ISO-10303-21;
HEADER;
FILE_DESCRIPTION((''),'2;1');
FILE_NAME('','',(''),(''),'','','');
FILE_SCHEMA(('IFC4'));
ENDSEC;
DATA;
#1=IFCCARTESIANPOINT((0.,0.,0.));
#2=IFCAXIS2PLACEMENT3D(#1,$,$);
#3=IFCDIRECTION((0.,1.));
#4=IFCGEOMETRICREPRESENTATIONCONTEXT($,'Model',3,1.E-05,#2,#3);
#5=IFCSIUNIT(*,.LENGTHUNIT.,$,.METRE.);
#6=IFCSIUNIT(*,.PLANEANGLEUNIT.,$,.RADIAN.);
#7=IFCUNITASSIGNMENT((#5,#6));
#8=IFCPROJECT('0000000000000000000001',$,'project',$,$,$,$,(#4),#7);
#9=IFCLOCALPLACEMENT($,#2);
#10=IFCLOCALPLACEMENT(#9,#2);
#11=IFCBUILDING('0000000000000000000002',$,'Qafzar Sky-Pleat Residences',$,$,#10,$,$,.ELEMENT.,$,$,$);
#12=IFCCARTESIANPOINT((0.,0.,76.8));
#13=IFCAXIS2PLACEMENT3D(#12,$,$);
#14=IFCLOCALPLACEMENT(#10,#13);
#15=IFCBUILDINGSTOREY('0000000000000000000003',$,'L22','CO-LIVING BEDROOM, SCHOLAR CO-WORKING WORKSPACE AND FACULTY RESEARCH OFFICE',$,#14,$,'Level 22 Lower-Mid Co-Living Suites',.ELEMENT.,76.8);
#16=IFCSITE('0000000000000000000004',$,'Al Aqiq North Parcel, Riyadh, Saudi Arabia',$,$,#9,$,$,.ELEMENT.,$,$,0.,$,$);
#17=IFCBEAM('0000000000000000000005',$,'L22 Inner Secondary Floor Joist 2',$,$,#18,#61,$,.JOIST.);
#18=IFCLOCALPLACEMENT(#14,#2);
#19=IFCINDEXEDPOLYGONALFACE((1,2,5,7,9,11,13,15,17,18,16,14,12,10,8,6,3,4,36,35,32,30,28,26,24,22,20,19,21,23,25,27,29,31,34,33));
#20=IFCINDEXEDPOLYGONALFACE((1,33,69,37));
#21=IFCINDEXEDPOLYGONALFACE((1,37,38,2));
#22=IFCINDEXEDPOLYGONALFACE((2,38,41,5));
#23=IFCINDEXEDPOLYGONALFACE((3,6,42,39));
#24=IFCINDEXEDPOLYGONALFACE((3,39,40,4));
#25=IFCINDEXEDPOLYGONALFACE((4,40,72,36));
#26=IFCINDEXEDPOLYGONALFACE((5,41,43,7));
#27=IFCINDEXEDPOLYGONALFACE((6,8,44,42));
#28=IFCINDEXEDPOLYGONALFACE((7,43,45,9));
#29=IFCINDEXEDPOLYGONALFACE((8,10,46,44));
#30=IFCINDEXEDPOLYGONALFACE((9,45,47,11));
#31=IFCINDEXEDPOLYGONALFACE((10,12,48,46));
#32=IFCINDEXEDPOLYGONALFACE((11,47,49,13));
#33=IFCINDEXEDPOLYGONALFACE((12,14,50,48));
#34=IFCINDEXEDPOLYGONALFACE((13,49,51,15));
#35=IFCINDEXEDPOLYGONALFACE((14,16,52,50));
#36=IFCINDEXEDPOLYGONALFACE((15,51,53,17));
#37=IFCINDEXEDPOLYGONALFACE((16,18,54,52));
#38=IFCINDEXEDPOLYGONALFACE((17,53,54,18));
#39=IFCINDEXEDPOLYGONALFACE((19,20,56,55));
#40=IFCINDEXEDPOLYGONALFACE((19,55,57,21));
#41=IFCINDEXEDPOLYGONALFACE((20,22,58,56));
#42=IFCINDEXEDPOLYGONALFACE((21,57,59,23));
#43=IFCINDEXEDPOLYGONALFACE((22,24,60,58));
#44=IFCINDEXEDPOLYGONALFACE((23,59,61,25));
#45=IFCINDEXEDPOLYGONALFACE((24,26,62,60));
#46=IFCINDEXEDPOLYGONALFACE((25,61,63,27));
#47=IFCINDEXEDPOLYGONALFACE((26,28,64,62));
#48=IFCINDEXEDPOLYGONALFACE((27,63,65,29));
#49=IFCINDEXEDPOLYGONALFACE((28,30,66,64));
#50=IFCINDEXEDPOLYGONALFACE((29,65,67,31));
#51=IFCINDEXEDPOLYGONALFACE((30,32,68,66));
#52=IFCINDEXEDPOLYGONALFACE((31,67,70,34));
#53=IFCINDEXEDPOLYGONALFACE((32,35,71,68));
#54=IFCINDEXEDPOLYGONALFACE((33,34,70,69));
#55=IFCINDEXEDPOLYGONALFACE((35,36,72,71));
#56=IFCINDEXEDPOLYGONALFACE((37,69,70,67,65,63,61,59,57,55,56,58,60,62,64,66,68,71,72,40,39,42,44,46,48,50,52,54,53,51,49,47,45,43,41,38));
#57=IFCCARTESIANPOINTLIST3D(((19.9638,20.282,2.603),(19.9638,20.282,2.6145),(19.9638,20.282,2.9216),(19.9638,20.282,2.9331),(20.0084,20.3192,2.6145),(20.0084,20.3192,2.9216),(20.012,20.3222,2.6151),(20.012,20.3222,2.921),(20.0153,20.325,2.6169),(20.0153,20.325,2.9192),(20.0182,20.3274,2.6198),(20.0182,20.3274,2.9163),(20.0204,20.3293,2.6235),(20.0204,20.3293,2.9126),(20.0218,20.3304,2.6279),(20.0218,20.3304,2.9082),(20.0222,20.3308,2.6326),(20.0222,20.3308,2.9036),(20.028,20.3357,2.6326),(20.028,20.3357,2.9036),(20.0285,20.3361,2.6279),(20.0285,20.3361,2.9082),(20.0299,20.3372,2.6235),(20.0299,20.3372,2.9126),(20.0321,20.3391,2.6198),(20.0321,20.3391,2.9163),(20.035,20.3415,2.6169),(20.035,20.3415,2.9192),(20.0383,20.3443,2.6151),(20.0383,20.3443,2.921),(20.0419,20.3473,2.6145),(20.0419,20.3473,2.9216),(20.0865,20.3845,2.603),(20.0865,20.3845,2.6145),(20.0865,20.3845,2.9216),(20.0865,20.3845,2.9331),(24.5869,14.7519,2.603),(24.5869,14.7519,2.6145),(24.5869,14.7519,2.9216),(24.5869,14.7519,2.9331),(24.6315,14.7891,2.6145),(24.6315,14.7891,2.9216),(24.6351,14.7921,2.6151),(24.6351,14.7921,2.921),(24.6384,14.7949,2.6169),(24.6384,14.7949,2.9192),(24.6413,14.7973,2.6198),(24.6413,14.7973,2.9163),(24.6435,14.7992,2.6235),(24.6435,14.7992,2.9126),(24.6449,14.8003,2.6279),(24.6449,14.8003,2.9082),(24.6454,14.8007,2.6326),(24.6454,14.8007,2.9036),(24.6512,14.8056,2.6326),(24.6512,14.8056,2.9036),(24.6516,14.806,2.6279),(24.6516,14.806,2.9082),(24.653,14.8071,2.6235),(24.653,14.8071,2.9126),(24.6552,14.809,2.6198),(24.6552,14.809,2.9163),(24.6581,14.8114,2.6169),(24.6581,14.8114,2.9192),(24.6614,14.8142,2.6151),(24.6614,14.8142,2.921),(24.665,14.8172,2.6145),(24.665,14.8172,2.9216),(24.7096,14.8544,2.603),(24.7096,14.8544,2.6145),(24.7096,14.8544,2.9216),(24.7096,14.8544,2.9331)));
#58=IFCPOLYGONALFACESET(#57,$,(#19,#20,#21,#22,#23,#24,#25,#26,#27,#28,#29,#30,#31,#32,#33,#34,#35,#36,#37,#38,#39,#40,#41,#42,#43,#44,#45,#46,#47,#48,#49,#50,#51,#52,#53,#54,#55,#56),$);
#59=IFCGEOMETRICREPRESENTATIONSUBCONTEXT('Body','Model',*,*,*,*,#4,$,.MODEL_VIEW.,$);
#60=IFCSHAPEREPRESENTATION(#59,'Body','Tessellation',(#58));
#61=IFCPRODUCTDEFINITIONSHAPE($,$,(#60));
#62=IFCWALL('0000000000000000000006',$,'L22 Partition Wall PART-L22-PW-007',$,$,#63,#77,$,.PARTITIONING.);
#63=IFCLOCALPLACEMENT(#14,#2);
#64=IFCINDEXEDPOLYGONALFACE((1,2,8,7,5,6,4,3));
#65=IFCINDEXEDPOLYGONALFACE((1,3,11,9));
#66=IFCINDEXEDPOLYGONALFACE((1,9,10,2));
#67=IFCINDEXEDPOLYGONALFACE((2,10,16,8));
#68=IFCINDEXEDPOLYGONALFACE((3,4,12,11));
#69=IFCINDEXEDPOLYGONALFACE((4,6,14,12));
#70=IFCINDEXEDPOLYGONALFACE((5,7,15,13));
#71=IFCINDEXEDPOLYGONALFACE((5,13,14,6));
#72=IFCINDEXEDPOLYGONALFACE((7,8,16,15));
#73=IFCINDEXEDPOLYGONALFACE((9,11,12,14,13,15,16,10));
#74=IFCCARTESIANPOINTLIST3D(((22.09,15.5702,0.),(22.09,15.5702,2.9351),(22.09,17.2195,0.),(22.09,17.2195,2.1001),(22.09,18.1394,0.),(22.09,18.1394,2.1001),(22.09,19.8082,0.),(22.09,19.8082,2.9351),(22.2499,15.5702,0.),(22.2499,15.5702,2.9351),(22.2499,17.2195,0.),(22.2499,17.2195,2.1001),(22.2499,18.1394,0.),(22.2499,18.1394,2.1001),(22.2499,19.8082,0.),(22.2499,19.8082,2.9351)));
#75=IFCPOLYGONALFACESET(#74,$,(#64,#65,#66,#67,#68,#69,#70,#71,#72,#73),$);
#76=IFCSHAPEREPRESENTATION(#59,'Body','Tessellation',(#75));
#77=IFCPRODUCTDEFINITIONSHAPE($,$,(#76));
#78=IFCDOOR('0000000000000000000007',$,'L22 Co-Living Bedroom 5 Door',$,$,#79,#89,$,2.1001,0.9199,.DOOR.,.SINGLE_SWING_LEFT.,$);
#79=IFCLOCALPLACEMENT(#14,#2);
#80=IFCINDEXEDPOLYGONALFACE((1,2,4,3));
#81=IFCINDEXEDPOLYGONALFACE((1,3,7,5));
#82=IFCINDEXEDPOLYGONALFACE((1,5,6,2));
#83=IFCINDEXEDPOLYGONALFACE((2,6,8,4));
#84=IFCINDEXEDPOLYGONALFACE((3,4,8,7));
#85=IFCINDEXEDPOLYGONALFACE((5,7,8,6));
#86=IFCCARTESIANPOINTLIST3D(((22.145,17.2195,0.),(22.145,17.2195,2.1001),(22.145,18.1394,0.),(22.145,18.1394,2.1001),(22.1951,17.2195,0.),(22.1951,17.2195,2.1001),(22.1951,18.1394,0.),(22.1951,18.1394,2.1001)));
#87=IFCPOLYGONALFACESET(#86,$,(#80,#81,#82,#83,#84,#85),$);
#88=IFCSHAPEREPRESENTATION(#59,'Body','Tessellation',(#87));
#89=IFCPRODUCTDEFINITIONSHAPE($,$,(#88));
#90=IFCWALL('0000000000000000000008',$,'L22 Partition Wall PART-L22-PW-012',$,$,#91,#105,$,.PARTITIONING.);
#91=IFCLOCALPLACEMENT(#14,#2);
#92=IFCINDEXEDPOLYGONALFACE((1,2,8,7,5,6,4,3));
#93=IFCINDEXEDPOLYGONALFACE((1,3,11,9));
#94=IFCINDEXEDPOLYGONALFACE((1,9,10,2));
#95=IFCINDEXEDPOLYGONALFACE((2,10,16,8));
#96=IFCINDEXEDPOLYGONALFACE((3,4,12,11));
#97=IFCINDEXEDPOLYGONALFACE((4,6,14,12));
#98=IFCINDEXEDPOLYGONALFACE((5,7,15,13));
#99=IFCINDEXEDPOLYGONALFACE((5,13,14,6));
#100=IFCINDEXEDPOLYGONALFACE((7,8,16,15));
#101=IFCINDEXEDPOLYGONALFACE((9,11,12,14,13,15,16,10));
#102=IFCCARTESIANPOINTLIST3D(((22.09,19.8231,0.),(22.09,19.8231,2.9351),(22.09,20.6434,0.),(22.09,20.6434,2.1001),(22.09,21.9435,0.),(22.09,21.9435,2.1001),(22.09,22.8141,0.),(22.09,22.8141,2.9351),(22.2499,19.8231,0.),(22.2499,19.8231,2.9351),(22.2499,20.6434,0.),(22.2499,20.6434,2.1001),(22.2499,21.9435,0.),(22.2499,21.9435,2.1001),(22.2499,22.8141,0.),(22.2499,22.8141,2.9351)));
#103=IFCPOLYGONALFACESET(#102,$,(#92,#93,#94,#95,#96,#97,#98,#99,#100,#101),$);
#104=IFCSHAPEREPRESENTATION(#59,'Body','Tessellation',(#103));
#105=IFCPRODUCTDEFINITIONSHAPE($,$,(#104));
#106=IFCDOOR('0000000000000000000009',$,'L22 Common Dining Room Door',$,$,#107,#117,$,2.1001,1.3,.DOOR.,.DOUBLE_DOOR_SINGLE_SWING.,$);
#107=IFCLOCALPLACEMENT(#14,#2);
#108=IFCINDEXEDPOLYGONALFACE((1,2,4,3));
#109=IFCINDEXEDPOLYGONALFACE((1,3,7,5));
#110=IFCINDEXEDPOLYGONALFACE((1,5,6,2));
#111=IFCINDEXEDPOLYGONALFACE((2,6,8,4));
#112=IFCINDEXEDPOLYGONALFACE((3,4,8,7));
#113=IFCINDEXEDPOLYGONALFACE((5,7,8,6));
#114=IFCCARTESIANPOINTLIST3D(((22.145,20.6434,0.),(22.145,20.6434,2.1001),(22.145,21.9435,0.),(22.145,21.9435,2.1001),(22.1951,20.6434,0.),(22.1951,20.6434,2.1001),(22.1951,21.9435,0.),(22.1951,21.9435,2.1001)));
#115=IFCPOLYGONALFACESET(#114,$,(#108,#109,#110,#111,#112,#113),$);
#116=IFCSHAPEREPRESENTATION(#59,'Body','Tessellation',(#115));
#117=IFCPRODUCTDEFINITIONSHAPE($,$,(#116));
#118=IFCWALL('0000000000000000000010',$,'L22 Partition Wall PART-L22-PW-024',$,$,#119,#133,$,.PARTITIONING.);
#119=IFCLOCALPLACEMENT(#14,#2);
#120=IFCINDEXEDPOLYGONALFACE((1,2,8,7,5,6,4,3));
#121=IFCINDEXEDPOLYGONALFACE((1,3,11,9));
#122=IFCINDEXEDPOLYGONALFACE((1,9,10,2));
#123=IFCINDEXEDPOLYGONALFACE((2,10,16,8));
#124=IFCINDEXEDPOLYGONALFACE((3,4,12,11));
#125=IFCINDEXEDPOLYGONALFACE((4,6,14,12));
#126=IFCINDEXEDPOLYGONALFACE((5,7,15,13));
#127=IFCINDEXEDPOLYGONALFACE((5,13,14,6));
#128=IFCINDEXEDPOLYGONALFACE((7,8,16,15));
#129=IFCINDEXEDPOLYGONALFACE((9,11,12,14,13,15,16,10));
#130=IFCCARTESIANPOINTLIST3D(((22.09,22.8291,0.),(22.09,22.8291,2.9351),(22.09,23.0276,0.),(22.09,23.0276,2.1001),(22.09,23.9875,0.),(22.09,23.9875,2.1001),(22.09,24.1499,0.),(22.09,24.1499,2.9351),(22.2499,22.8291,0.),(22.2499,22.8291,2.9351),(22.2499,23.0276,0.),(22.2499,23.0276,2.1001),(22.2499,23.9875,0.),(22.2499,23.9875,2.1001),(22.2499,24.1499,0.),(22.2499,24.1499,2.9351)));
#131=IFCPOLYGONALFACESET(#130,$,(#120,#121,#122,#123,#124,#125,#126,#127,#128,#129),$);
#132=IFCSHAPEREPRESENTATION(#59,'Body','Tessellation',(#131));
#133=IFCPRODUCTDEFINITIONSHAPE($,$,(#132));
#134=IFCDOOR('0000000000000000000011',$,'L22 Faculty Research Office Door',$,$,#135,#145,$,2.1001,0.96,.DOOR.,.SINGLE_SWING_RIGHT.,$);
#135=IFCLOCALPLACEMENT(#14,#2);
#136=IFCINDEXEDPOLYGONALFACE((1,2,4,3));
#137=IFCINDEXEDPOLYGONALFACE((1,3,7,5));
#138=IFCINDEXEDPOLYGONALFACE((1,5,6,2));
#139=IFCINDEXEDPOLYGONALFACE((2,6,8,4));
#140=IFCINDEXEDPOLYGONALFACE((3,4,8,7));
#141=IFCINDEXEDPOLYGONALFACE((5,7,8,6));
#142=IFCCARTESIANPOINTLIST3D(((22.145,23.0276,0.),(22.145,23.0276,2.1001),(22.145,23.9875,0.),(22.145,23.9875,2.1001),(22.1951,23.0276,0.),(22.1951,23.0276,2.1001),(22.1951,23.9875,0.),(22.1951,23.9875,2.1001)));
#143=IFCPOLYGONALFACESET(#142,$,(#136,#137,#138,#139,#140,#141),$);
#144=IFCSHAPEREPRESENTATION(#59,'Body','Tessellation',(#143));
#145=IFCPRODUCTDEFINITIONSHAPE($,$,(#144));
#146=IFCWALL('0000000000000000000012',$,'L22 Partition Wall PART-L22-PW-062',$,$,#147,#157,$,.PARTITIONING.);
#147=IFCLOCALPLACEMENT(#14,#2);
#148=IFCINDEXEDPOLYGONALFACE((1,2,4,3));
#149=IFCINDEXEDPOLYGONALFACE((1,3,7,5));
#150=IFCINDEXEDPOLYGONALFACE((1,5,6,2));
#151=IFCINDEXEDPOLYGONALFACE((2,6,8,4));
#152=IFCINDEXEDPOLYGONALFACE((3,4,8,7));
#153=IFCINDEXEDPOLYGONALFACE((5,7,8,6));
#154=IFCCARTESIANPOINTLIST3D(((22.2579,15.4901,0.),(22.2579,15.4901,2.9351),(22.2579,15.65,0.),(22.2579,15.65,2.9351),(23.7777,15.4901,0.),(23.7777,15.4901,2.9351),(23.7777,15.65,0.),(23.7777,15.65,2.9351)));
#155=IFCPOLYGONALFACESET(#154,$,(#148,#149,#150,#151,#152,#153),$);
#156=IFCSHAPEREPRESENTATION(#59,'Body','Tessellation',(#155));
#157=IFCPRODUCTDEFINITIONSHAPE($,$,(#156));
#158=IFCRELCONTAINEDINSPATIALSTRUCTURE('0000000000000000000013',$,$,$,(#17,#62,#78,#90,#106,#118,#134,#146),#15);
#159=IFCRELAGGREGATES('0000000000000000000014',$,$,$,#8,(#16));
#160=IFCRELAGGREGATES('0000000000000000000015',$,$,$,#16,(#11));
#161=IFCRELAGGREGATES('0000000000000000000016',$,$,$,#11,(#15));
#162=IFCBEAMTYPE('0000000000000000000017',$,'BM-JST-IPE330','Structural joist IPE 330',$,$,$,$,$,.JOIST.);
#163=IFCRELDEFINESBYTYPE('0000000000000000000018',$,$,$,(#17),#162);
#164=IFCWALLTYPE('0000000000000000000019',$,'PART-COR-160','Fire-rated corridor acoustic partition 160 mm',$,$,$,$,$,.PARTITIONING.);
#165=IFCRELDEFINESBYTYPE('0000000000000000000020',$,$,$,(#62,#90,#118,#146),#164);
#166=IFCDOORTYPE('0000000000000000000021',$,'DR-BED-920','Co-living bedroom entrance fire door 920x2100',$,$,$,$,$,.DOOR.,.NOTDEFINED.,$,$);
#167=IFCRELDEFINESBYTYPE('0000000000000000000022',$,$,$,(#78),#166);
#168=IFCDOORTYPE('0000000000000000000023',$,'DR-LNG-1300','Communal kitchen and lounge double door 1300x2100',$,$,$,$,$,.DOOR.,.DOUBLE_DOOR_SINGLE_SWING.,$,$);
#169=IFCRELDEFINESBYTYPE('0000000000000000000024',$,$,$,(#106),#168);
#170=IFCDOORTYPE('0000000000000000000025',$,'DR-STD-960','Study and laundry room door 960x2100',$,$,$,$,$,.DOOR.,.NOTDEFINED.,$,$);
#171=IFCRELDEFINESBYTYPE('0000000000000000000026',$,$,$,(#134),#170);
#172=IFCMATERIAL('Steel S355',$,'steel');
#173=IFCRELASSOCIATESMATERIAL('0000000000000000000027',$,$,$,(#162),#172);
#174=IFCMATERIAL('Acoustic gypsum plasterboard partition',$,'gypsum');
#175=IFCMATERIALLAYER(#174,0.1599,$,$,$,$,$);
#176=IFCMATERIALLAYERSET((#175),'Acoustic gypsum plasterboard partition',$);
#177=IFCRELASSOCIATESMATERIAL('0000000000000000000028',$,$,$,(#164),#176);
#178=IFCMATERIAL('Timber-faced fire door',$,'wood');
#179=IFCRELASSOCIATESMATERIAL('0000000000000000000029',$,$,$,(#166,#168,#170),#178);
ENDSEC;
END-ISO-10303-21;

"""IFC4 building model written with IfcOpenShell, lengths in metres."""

from ifc_helpers import new_model, si_unit, direction, frame, frame_2d, origin, origin_2d, place, context, subcontext, project, spatial, rectangle, i_section, extrude, source, transform, mapped, material, layer, layer_set, material_profile, profile_set, type_object, element, fill, save


model = new_model("IFC4")

# Units and contexts
model_context = context("Model", 3, precision=1e-05, world=origin(), true_north=direction((0.0, 1.0)))
body_context = subcontext(model_context, "Body", "Model", "MODEL_VIEW")
ifc_project = project(units=[si_unit("LENGTHUNIT", "METRE"), si_unit("PLANEANGLEUNIT", "RADIAN")], contexts=[model_context])

# Site, building, storey
site_placement = place(None, origin())
site = spatial("IfcSite", under=ifc_project, at=site_placement, Name="Al Aqiq North Parcel, Riyadh, Saudi Arabia", CompositionType="ELEMENT", RefElevation=0.0)
building_placement = place(site_placement, origin())
building = spatial("IfcBuilding", under=site, at=building_placement, Name="Qafzar Sky-Pleat Residences", CompositionType="ELEMENT")
storey_placement = place(building_placement, frame((0.0, 0.0, 76.8)))
storey = spatial("IfcBuildingStorey", under=building, at=storey_placement, Name="L22", Description="CO-LIVING BEDROOM, SCHOLAR CO-WORKING WORKSPACE AND FACULTY RESEARCH OFFICE", LongName="Level 22 Lower-Mid Co-Living Suites", CompositionType="ELEMENT", Elevation=76.8)

# Beam
ifc_material_1 = material(Name="Steel S355", Category="steel")
ifc_material_profile = material_profile(ifc_material_1, i_section(OverallWidth=0.1599, OverallDepth=0.3301, WebThickness=0.0076, FlangeThickness=0.0115, FilletRadius=0.0181, at=origin_2d()), Name="IPE 330")
ifc_profile_set = profile_set([ifc_material_profile], Name="Steel S355")
beam_type = type_object("IfcBeamType", Name="BM-JST-IPE330", Description="Structural joist IPE 330", PredefinedType="JOIST", material=ifc_profile_set)
shared_shape_1 = source(origin(), body_context, "Body", "SweptSolid", [
    extrude(i_section(OverallWidth=0.1599, OverallDepth=0.3301, WebThickness=0.0076, FlangeThickness=0.0115, FilletRadius=0.0181, at=origin_2d()), origin(), (0.0, 0.0, 1.0), 7.208),
])
beam_placement = place(storey_placement, frame((20.0251, 20.3333, 2.7681), z_axis=(0.641386, -0.767218, 0.0), x_axis=(0.767218, 0.641386, 0.0)))
element("IfcBeam", 1, at=beam_placement, inside=storey, type_object=beam_type, Name="L22 Inner Secondary Floor Joist 2", PredefinedType="JOIST", context=body_context, shape_type="MappedRepresentation", body=[
    mapped(shared_shape_1, transform((0.0, 0.0, 0.0), x_axis=(1.0, 0.0, 0.0), y_axis=(0.0, 1.0, 0.0), z_axis=(0.0, 0.0, 1.0), scale=1.0)),
])

# Walls, openings, doors
ifc_material_2 = material(Name="Acoustic gypsum plasterboard partition", Category="gypsum")
ifc_layer_1 = layer(ifc_material_2, 0.1599)
ifc_layer_set_1 = layer_set([ifc_layer_1], Name="Acoustic gypsum plasterboard partition")
wall_type_1 = type_object("IfcWallType", Name="PART-COR-160", Description="Fire-rated corridor acoustic partition 160 mm", PredefinedType="PARTITIONING", material=ifc_layer_set_1)
wall_1_placement = place(storey_placement, frame((22.1699, 15.5701, 0.0), z_axis=(0.0, 0.0, 1.0), x_axis=(0.0, 1.0, 0.0)))
wall_1 = element("IfcWall", 2, at=wall_1_placement, inside=storey, type_object=wall_type_1, Name="L22 Partition Wall PART-L22-PW-007", PredefinedType="PARTITIONING", context=body_context, shape_type="SweptSolid", body=[
    extrude(rectangle(XDim=4.238, YDim=0.1599, at=frame_2d((2.1191, 0.0))), origin(), (0.0, 0.0, 1.0), 2.9351),
])
opening_1_placement = place(wall_1_placement, frame((1.6494, 0.0, 0.0)))
opening_1 = element("IfcOpeningElement", 3, at=opening_1_placement, cuts=wall_1, PredefinedType="OPENING", context=body_context, shape_type="SweptSolid", body=[
    extrude(rectangle(XDim=0.9199, YDim=2.1001, at=frame_2d((0.46, 1.05))), frame((0.0, 0.0898, 0.0), z_axis=(0.0, -1.0, 0.0), x_axis=(1.0, 0.0, 0.0)), (0.0, 0.0, 1.0), 0.1799),
])
ifc_material_3 = material(Name="Timber-faced fire door", Category="wood")
door_type_1 = type_object("IfcDoorType", Name="DR-BED-920", Description="Co-living bedroom entrance fire door 920x2100", OperationType="NOTDEFINED", PredefinedType="DOOR", material=ifc_material_3)
shared_shape_2 = source(origin(), body_context, "Body", "SweptSolid", [
    extrude(rectangle(XDim=0.9199, YDim=2.1001, at=frame_2d((0.46, 1.05))), frame((0.0, 0.0249, 0.0), z_axis=(0.0, -1.0, 0.0), x_axis=(1.0, 0.0, 0.0)), (0.0, 0.0, 1.0), 0.05),
])
door_1_placement = place(opening_1_placement, origin())
door_1 = element("IfcDoor", 4, at=door_1_placement, inside=storey, type_object=door_type_1, Name="L22 Co-Living Bedroom 5 Door", OperationType="SINGLE_SWING_LEFT", OverallHeight=2.1001, OverallWidth=0.9199, PredefinedType="DOOR", context=body_context, shape_type="MappedRepresentation", body=[
    mapped(shared_shape_2, transform((0.0, 0.0, 0.0), x_axis=(1.0, 0.0, 0.0), y_axis=(0.0, 1.0, 0.0), z_axis=(0.0, 0.0, 1.0), scale=1.0)),
])
fill(opening_1, door_1)
wall_2_placement = place(storey_placement, frame((22.1699, 19.823, 0.0), z_axis=(0.0, 0.0, 1.0), x_axis=(0.0, 1.0, 0.0)))
wall_2 = element("IfcWall", 5, at=wall_2_placement, inside=storey, type_object=wall_type_1, Name="L22 Partition Wall PART-L22-PW-012", PredefinedType="PARTITIONING", context=body_context, shape_type="SweptSolid", body=[
    extrude(rectangle(XDim=2.991, YDim=0.1599, at=frame_2d((1.4956, 0.0))), origin(), (0.0, 0.0, 1.0), 2.9351),
])
opening_2_placement = place(wall_2_placement, frame((0.8206, 0.0, 0.0)))
opening_2 = element("IfcOpeningElement", 6, at=opening_2_placement, cuts=wall_2, PredefinedType="OPENING", context=body_context, shape_type="SweptSolid", body=[
    extrude(rectangle(XDim=1.3, YDim=2.1001, at=frame_2d((0.6499, 1.05))), frame((0.0, 0.0898, 0.0), z_axis=(0.0, -1.0, 0.0), x_axis=(1.0, 0.0, 0.0)), (0.0, 0.0, 1.0), 0.1799),
])
door_type_2 = type_object("IfcDoorType", Name="DR-LNG-1300", Description="Communal kitchen and lounge double door 1300x2100", OperationType="DOUBLE_DOOR_SINGLE_SWING", PredefinedType="DOOR", material=ifc_material_3)
shared_shape_3 = source(origin(), body_context, "Body", "SweptSolid", [
    extrude(rectangle(XDim=1.3, YDim=2.1001, at=frame_2d((0.6499, 1.05))), frame((0.0, 0.0249, 0.0), z_axis=(0.0, -1.0, 0.0), x_axis=(1.0, 0.0, 0.0)), (0.0, 0.0, 1.0), 0.05),
])
door_2_placement = place(opening_2_placement, origin())
door_2 = element("IfcDoor", 7, at=door_2_placement, inside=storey, type_object=door_type_2, Name="L22 Common Dining Room Door", OperationType="DOUBLE_DOOR_SINGLE_SWING", OverallHeight=2.1001, OverallWidth=1.3, PredefinedType="DOOR", context=body_context, shape_type="MappedRepresentation", body=[
    mapped(shared_shape_3, transform((0.0, 0.0, 0.0), x_axis=(1.0, 0.0, 0.0), y_axis=(0.0, 1.0, 0.0), z_axis=(0.0, 0.0, 1.0), scale=1.0)),
])
fill(opening_2, door_2)
wall_3_placement = place(storey_placement, frame((22.1699, 22.8291, 0.0), z_axis=(0.0, 0.0, 1.0), x_axis=(0.0, 1.0, 0.0)))
wall_3 = element("IfcWall", 8, at=wall_3_placement, inside=storey, type_object=wall_type_1, Name="L22 Partition Wall PART-L22-PW-024", PredefinedType="PARTITIONING", context=body_context, shape_type="SweptSolid", body=[
    extrude(rectangle(XDim=1.3208, YDim=0.1599, at=frame_2d((0.6604, 0.0))), origin(), (0.0, 0.0, 1.0), 2.9351),
])
opening_3_placement = place(wall_3_placement, frame((0.1985, 0.0, 0.0)))
opening_3 = element("IfcOpeningElement", 9, at=opening_3_placement, cuts=wall_3, PredefinedType="OPENING", context=body_context, shape_type="SweptSolid", body=[
    extrude(rectangle(XDim=0.96, YDim=2.1001, at=frame_2d((0.48, 1.05))), frame((0.0, 0.0898, 0.0), z_axis=(0.0, -1.0, 0.0), x_axis=(1.0, 0.0, 0.0)), (0.0, 0.0, 1.0), 0.1799),
])
door_type_3 = type_object("IfcDoorType", Name="DR-STD-960", Description="Study and laundry room door 960x2100", OperationType="NOTDEFINED", PredefinedType="DOOR", material=ifc_material_3)
shared_shape_4 = source(origin(), body_context, "Body", "SweptSolid", [
    extrude(rectangle(XDim=0.96, YDim=2.1001, at=frame_2d((0.48, 1.05))), frame((0.0, 0.0249, 0.0), z_axis=(0.0, -1.0, 0.0), x_axis=(1.0, 0.0, 0.0)), (0.0, 0.0, 1.0), 0.05),
])
door_3_placement = place(opening_3_placement, origin())
door_3 = element("IfcDoor", 10, at=door_3_placement, inside=storey, type_object=door_type_3, Name="L22 Faculty Research Office Door", OperationType="SINGLE_SWING_RIGHT", OverallHeight=2.1001, OverallWidth=0.96, PredefinedType="DOOR", context=body_context, shape_type="MappedRepresentation", body=[
    mapped(shared_shape_4, transform((0.0, 0.0, 0.0), x_axis=(1.0, 0.0, 0.0), y_axis=(0.0, 1.0, 0.0), z_axis=(0.0, 0.0, 1.0), scale=1.0)),
])
fill(opening_3, door_3)

# Wall
wall_4_placement = place(storey_placement, frame((22.2581, 15.5701, 0.0), z_axis=(0.0, 0.0, 1.0), x_axis=(1.0, 0.0, 0.0)))
element("IfcWall", 11, at=wall_4_placement, inside=storey, type_object=wall_type_1, Name="L22 Partition Wall PART-L22-PW-062", PredefinedType="PARTITIONING", context=body_context, shape_type="SweptSolid", body=[
    extrude(rectangle(XDim=1.5198, YDim=0.1599, at=frame_2d((0.7598, 0.0))), origin(), (0.0, 0.0, 1.0), 2.9351),
])

save(model, "model.ifc")
